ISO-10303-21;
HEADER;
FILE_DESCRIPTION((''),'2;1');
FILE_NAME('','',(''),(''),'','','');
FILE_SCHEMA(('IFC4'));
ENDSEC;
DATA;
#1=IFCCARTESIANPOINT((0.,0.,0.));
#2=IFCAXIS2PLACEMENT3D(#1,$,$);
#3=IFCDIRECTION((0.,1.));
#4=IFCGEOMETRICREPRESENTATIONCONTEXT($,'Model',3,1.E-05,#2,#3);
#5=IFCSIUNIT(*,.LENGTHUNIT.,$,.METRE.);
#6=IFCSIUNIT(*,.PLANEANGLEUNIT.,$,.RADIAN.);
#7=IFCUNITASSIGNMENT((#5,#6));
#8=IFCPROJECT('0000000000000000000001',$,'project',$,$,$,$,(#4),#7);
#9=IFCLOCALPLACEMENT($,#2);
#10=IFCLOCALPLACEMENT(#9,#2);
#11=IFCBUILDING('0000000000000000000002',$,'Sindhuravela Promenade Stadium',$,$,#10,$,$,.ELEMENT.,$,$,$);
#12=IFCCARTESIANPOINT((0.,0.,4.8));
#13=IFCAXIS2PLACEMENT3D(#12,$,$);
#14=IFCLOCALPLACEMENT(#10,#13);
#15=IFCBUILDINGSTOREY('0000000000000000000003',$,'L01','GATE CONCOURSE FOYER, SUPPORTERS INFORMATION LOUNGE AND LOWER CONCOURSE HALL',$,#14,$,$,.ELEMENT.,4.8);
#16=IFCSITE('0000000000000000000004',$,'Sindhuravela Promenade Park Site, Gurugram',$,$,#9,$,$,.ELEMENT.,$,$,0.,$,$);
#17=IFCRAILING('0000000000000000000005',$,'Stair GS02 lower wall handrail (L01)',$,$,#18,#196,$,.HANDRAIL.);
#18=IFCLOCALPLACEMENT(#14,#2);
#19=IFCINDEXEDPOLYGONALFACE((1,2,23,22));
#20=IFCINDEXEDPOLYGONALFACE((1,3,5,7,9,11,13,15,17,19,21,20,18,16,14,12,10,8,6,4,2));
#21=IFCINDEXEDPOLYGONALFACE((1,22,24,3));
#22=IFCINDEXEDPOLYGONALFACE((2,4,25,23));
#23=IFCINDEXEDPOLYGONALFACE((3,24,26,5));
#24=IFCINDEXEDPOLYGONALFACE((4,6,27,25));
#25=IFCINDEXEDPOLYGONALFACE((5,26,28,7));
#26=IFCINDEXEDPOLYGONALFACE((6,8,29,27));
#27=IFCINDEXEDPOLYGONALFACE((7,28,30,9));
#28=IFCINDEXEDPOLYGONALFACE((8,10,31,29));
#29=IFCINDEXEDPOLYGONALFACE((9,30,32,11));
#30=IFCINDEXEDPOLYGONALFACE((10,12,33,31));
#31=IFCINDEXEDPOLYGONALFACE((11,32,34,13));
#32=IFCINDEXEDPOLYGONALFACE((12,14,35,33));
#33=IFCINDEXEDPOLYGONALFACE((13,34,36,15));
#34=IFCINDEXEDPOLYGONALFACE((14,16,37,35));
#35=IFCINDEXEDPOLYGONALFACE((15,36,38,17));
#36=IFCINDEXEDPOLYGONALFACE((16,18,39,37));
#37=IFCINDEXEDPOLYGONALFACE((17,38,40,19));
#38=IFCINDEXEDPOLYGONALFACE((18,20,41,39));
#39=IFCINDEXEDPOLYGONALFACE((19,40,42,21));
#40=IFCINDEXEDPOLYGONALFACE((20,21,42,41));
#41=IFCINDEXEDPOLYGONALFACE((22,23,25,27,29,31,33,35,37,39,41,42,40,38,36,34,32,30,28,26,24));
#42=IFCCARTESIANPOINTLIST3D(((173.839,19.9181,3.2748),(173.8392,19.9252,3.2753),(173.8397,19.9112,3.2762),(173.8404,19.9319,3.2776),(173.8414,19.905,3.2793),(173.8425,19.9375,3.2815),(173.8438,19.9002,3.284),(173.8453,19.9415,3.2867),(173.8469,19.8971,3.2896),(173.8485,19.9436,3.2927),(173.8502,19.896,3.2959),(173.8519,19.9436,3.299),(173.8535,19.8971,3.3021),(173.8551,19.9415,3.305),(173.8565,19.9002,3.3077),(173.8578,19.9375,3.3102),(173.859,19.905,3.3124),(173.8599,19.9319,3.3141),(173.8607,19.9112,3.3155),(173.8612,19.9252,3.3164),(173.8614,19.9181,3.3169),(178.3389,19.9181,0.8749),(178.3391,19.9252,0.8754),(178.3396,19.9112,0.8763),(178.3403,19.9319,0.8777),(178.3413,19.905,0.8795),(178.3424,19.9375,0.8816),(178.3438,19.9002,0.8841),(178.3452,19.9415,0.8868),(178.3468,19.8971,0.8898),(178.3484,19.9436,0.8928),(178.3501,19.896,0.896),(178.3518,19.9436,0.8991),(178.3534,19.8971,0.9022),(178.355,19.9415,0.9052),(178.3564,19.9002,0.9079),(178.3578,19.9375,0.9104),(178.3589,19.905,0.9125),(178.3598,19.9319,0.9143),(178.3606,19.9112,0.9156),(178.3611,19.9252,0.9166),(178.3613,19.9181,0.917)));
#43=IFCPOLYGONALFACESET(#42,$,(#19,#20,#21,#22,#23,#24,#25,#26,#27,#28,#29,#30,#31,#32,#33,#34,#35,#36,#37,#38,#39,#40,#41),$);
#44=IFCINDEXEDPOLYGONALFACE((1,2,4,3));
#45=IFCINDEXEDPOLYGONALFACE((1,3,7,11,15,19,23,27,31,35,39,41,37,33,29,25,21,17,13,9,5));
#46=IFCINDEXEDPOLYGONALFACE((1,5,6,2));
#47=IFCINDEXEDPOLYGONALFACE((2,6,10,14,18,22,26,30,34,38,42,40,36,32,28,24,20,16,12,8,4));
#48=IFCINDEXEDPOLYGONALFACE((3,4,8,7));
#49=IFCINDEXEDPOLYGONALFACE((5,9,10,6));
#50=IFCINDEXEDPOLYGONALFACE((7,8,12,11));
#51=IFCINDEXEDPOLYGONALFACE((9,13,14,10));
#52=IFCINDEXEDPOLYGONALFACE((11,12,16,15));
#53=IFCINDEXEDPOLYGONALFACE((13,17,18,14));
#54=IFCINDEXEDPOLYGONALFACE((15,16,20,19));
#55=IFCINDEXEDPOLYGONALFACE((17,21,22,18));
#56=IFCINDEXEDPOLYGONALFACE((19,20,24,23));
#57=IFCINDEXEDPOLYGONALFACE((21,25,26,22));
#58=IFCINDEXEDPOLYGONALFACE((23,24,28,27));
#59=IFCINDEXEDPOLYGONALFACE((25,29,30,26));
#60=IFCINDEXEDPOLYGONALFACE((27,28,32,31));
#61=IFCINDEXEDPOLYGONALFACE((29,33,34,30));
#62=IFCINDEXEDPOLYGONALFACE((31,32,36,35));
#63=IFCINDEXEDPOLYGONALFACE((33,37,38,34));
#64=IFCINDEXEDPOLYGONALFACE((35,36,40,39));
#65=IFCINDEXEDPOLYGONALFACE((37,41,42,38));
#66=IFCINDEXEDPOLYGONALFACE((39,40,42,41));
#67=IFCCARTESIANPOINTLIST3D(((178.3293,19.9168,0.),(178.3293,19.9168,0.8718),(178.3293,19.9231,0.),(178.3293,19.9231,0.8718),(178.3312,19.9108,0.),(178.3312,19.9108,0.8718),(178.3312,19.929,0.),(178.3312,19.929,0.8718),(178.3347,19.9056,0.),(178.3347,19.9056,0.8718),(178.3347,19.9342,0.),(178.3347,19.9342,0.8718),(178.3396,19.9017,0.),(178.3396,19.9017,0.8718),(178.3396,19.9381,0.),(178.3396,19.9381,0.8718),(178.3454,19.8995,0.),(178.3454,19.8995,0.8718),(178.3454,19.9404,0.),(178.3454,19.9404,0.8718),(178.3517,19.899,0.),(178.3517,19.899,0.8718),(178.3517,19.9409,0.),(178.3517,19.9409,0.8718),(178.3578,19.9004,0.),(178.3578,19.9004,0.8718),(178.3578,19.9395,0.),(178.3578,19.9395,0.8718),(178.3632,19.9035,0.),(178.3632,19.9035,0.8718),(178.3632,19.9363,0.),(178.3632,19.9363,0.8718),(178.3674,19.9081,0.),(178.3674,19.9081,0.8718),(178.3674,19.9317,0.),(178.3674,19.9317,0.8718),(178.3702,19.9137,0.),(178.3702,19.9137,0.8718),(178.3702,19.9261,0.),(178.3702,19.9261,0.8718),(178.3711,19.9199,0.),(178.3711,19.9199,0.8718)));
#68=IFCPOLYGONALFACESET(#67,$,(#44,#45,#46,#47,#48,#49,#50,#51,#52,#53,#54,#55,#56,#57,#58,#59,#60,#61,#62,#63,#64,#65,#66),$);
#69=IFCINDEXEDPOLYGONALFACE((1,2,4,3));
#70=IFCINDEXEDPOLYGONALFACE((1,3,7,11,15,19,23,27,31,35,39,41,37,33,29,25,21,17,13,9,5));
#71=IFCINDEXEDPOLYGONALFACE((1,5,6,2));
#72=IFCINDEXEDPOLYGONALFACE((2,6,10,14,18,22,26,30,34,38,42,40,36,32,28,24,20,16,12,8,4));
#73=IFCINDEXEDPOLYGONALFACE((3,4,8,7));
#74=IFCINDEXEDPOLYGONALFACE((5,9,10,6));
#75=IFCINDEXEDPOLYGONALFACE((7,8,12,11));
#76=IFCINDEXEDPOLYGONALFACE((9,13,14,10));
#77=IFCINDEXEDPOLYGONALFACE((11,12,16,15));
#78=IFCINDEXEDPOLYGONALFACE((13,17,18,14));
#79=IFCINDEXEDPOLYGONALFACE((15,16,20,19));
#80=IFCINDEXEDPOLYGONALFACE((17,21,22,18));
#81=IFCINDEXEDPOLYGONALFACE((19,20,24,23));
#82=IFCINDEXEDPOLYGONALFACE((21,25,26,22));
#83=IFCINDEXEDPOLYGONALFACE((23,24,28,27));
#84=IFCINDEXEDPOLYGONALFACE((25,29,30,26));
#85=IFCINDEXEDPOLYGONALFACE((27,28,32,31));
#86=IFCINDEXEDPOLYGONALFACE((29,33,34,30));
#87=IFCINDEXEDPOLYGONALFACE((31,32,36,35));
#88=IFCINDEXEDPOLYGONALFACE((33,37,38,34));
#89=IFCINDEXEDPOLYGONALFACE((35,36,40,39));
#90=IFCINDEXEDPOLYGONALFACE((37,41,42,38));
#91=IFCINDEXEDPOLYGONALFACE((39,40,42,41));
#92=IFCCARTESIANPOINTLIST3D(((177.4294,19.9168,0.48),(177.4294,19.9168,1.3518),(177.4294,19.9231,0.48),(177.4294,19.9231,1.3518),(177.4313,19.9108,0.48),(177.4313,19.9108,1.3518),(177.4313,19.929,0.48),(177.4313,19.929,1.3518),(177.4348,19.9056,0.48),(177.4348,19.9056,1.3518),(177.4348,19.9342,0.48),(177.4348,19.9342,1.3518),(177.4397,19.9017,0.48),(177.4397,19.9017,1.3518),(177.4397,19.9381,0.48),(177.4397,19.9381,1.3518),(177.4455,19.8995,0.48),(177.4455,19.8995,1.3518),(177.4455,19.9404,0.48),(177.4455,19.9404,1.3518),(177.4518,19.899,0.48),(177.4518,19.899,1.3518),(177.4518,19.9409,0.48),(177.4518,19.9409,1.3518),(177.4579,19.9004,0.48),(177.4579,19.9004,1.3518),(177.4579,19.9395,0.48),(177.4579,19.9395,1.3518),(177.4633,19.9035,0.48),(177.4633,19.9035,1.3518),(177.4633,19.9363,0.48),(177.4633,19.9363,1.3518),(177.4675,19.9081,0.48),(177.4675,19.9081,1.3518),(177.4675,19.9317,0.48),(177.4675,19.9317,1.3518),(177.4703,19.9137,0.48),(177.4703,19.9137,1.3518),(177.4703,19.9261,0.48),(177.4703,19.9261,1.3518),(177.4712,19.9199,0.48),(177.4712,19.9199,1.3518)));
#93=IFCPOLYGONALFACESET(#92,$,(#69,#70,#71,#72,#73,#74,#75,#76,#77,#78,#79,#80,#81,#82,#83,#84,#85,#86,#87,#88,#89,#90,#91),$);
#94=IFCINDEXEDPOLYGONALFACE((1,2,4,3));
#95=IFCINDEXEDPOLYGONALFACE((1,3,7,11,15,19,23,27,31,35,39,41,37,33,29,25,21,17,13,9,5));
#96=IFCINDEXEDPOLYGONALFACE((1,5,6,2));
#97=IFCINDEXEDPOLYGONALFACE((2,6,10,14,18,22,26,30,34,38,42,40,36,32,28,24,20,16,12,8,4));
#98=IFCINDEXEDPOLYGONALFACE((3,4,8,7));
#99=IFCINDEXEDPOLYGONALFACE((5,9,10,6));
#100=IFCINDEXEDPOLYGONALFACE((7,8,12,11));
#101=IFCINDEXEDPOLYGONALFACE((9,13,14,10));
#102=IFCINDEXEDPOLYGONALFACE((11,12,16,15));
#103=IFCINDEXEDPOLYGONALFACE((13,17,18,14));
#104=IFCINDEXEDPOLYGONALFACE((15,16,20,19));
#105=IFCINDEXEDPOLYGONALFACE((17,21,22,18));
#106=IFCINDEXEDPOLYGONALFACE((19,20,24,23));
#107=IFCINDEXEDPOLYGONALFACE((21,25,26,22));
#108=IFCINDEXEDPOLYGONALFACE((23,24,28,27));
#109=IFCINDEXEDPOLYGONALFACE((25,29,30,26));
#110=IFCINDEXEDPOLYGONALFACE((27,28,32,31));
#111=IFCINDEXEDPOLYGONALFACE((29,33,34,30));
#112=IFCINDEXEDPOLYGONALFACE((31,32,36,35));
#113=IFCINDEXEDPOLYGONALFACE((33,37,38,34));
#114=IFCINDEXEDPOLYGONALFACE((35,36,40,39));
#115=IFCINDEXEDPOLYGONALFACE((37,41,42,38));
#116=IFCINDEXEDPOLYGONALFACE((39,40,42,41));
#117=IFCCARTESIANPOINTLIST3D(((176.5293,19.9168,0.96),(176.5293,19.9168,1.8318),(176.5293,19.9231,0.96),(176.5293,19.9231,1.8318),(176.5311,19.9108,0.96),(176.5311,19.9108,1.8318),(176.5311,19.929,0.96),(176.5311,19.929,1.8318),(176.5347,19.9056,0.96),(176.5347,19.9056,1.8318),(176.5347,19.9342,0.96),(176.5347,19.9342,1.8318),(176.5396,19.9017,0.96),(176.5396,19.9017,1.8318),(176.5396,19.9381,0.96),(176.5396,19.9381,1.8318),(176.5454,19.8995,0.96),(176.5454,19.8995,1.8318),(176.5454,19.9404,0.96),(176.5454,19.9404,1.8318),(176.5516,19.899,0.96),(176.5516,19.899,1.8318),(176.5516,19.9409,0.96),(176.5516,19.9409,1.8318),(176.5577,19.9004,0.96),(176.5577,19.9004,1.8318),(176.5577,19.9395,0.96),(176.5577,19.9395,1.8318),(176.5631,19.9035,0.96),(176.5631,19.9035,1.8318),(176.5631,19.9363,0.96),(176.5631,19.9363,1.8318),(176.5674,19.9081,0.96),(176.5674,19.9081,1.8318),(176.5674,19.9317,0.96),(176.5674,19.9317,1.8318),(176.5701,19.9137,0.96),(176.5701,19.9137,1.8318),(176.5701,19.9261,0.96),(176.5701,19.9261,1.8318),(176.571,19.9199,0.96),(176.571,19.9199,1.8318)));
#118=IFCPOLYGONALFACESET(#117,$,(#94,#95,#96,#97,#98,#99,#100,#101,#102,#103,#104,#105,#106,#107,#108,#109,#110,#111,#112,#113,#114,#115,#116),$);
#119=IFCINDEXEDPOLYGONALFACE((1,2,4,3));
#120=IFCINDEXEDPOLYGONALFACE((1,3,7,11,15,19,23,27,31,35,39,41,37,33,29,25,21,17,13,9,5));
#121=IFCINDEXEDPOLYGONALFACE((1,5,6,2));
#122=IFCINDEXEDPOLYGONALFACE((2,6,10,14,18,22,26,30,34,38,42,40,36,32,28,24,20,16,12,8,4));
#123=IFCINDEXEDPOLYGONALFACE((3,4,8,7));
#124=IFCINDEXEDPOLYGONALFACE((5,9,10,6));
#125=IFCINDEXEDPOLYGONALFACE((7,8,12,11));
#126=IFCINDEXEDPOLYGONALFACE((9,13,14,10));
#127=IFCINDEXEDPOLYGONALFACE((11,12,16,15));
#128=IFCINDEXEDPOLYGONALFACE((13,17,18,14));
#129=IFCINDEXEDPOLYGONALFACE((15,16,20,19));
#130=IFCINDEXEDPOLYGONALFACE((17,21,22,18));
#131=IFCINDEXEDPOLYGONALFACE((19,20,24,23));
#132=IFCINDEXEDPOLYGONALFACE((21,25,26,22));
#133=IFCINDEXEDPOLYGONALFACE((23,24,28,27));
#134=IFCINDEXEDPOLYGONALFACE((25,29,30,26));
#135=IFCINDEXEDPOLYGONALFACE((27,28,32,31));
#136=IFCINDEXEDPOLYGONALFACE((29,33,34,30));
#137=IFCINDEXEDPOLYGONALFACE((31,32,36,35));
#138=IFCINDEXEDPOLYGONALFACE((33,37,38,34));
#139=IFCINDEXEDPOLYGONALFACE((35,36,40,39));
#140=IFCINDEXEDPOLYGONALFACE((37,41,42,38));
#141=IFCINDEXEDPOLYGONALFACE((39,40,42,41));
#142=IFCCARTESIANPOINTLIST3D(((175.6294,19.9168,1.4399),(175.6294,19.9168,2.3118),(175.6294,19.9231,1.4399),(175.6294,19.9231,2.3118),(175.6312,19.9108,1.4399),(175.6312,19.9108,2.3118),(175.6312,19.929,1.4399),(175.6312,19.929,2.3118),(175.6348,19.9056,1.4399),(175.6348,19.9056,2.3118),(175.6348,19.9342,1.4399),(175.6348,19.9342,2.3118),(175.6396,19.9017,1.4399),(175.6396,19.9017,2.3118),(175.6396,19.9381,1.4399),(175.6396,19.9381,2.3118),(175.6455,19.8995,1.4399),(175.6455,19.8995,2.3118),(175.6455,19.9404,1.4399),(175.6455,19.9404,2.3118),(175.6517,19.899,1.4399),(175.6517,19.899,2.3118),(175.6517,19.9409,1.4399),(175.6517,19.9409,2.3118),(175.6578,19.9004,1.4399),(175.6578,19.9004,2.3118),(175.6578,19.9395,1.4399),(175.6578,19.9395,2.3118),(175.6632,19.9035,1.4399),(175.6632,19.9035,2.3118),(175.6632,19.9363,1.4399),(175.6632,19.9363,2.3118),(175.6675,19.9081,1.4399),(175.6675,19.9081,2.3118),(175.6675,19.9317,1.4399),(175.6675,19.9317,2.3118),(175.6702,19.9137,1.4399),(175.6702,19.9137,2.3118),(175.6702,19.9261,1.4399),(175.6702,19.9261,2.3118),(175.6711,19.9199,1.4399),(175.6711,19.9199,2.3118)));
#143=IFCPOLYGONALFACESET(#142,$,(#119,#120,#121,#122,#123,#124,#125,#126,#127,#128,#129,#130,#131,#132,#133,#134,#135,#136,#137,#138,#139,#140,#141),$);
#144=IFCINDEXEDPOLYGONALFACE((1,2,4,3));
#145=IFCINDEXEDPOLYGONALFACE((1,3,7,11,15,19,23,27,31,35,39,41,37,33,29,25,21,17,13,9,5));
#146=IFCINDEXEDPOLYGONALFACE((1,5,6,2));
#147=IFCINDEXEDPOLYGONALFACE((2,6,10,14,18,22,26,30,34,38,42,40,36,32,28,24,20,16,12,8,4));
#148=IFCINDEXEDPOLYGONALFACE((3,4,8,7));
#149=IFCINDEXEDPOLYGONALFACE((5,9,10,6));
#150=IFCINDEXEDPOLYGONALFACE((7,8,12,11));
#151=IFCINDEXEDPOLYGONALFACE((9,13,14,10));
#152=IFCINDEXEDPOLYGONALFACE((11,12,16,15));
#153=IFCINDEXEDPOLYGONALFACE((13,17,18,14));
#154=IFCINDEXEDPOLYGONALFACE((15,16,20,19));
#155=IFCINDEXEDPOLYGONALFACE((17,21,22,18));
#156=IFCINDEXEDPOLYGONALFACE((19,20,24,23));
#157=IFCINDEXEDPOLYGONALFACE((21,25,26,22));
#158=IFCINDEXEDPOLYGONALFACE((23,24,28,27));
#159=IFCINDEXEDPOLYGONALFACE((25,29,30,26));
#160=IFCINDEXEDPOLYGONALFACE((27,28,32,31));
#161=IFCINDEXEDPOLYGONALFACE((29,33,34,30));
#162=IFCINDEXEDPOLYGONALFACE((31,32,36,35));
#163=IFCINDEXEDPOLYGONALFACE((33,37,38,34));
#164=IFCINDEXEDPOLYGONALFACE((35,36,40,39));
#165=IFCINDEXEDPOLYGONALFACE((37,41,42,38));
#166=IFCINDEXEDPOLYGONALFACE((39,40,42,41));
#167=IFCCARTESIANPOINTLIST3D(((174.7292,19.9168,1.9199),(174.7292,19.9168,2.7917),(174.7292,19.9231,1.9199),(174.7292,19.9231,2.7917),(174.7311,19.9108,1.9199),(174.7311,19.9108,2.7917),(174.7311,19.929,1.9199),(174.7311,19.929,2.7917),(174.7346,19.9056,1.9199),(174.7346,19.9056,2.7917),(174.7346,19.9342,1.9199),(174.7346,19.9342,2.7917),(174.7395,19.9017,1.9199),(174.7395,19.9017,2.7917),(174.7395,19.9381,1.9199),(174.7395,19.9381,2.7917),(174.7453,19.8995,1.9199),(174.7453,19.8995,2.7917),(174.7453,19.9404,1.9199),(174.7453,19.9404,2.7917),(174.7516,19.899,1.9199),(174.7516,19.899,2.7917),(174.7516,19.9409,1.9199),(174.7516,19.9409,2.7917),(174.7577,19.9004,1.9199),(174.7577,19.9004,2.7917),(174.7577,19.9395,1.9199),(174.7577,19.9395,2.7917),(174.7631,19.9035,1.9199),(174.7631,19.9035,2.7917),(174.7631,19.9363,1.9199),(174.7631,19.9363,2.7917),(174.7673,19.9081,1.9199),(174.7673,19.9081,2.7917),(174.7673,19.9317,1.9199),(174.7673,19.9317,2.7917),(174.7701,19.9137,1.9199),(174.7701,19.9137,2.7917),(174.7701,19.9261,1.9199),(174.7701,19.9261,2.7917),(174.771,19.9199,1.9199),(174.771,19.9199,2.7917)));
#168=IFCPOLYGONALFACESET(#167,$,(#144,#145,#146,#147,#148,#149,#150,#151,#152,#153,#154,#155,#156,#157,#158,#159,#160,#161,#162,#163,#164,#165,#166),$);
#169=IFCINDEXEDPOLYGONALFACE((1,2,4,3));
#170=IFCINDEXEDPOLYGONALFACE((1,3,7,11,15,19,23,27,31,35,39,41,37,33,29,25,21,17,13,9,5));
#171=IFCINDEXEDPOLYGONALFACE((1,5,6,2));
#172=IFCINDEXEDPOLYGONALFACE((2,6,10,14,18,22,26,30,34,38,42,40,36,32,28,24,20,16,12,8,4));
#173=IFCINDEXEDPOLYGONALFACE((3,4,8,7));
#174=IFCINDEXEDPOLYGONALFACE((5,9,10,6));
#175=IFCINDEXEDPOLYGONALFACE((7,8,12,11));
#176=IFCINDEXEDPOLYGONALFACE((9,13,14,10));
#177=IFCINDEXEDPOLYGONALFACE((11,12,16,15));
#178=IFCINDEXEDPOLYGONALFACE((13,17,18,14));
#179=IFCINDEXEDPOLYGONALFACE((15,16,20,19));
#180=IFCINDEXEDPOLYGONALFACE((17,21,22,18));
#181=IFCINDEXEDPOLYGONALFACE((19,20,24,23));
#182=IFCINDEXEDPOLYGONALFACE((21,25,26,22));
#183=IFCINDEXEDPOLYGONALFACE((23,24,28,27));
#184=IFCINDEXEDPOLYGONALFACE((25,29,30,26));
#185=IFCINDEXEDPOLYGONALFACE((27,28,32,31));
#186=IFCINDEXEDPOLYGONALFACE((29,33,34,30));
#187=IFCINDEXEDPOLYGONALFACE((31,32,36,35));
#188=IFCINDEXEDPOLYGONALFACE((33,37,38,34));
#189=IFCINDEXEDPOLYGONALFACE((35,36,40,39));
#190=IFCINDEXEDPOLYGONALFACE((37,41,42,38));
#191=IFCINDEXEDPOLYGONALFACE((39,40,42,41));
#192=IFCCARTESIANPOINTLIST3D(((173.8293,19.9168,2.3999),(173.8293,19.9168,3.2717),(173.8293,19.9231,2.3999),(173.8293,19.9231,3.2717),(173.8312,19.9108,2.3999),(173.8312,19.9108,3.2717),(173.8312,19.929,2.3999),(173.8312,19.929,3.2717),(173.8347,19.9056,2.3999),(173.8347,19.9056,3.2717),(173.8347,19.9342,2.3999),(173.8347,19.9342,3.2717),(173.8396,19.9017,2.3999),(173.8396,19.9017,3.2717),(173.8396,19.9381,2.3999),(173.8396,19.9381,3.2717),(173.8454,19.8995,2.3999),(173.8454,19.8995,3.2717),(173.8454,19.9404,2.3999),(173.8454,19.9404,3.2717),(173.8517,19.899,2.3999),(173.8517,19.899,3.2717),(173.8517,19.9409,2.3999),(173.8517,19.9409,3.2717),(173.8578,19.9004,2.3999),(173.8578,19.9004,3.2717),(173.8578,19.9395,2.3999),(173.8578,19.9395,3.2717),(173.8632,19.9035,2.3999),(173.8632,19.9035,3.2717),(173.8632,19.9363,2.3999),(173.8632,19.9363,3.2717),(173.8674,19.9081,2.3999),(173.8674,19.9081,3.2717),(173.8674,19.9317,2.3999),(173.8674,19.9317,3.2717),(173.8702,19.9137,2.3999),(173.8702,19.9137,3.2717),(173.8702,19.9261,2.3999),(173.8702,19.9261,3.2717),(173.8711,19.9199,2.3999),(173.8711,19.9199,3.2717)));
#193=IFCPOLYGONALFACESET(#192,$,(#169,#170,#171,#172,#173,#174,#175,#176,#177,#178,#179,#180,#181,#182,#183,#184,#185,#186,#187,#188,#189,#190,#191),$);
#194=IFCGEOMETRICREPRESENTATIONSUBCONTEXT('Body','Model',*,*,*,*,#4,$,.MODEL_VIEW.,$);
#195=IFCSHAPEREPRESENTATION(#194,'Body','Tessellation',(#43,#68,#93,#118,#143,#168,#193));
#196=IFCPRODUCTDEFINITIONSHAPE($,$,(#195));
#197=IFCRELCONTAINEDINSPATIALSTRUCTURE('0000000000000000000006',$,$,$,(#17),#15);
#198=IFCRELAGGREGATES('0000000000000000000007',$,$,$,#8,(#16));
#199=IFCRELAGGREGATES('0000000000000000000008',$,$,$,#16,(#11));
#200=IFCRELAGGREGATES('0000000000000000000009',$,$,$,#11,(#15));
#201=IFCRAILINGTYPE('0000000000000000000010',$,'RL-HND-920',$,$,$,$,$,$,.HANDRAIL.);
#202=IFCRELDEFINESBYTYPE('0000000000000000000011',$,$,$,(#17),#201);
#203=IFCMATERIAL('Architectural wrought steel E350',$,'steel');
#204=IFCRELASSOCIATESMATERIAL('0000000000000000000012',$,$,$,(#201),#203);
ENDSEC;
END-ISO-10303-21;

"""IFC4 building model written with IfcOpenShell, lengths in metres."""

from ifc_helpers import new_model, si_unit, direction, frame, origin, origin_2d, place, context, subcontext, project, spatial, circle, extrude, material, type_object, element, save


model = new_model("IFC4")

# Units and contexts
model_context = context("Model", 3, precision=1e-05, world=origin(), true_north=direction((0.0, 1.0)))
body_context = subcontext(model_context, "Body", "Model", "MODEL_VIEW")
ifc_project = project(units=[si_unit("LENGTHUNIT", "METRE"), si_unit("PLANEANGLEUNIT", "RADIAN")], contexts=[model_context])

# Site, building, storey
site_placement = place(None, origin())
site = spatial("IfcSite", under=ifc_project, at=site_placement, Name="Sindhuravela Promenade Park Site, Gurugram", CompositionType="ELEMENT", RefElevation=0.0)
building_placement = place(site_placement, origin())
building = spatial("IfcBuilding", under=site, at=building_placement, Name="Sindhuravela Promenade Stadium", CompositionType="ELEMENT")
storey_placement = place(building_placement, frame((0.0, 0.0, 4.8)))
storey = spatial("IfcBuildingStorey", under=building, at=storey_placement, Name="L01", Description="GATE CONCOURSE FOYER, SUPPORTERS INFORMATION LOUNGE AND LOWER CONCOURSE HALL", CompositionType="ELEMENT", Elevation=4.8)

# Shared definitions
ifc_material_1 = material(Name="Architectural wrought steel E350", Category="steel")

# Railing
railing_type_1 = type_object("IfcRailingType", Name="RL-HND-920", PredefinedType="HANDRAIL", material=ifc_material_1)
railing_1_placement = place(storey_placement, frame((178.3501, 19.9199, 0.0)))
element("IfcRailing", 1, at=railing_1_placement, inside=storey, type_object=railing_type_1, Name="Stair GS02 lower wall handrail (L01)", PredefinedType="HANDRAIL", context=body_context, shape_type="SweptSolid", body=[
    extrude(circle(Radius=0.0239, at=origin_2d()), frame((0.0, 0.0, 0.896), z_axis=(-0.882361, 0.0, 0.470573), x_axis=(0.0, -1.0, 0.0)), (0.0, 0.0, 1.0), 5.0999),
    extrude(circle(Radius=0.021, at=origin_2d()), origin(), (0.0, 0.0, 1.0), 0.8718),
    extrude(circle(Radius=0.021, at=origin_2d()), frame((-0.8999, 0.0, 0.48)), (0.0, 0.0, 1.0), 0.8718),
    extrude(circle(Radius=0.021, at=origin_2d()), frame((-1.8, 0.0, 0.96)), (0.0, 0.0, 1.0), 0.8718),
    extrude(circle(Radius=0.021, at=origin_2d()), frame((-2.7, 0.0, 1.4399)), (0.0, 0.0, 1.0), 0.8718),
    extrude(circle(Radius=0.021, at=origin_2d()), frame((-3.6001, 0.0, 1.9199)), (0.0, 0.0, 1.0), 0.8718),
    extrude(circle(Radius=0.021, at=origin_2d()), frame((-4.5, 0.0, 2.3999)), (0.0, 0.0, 1.0), 0.8718),
])

save(model, "model.ifc")
